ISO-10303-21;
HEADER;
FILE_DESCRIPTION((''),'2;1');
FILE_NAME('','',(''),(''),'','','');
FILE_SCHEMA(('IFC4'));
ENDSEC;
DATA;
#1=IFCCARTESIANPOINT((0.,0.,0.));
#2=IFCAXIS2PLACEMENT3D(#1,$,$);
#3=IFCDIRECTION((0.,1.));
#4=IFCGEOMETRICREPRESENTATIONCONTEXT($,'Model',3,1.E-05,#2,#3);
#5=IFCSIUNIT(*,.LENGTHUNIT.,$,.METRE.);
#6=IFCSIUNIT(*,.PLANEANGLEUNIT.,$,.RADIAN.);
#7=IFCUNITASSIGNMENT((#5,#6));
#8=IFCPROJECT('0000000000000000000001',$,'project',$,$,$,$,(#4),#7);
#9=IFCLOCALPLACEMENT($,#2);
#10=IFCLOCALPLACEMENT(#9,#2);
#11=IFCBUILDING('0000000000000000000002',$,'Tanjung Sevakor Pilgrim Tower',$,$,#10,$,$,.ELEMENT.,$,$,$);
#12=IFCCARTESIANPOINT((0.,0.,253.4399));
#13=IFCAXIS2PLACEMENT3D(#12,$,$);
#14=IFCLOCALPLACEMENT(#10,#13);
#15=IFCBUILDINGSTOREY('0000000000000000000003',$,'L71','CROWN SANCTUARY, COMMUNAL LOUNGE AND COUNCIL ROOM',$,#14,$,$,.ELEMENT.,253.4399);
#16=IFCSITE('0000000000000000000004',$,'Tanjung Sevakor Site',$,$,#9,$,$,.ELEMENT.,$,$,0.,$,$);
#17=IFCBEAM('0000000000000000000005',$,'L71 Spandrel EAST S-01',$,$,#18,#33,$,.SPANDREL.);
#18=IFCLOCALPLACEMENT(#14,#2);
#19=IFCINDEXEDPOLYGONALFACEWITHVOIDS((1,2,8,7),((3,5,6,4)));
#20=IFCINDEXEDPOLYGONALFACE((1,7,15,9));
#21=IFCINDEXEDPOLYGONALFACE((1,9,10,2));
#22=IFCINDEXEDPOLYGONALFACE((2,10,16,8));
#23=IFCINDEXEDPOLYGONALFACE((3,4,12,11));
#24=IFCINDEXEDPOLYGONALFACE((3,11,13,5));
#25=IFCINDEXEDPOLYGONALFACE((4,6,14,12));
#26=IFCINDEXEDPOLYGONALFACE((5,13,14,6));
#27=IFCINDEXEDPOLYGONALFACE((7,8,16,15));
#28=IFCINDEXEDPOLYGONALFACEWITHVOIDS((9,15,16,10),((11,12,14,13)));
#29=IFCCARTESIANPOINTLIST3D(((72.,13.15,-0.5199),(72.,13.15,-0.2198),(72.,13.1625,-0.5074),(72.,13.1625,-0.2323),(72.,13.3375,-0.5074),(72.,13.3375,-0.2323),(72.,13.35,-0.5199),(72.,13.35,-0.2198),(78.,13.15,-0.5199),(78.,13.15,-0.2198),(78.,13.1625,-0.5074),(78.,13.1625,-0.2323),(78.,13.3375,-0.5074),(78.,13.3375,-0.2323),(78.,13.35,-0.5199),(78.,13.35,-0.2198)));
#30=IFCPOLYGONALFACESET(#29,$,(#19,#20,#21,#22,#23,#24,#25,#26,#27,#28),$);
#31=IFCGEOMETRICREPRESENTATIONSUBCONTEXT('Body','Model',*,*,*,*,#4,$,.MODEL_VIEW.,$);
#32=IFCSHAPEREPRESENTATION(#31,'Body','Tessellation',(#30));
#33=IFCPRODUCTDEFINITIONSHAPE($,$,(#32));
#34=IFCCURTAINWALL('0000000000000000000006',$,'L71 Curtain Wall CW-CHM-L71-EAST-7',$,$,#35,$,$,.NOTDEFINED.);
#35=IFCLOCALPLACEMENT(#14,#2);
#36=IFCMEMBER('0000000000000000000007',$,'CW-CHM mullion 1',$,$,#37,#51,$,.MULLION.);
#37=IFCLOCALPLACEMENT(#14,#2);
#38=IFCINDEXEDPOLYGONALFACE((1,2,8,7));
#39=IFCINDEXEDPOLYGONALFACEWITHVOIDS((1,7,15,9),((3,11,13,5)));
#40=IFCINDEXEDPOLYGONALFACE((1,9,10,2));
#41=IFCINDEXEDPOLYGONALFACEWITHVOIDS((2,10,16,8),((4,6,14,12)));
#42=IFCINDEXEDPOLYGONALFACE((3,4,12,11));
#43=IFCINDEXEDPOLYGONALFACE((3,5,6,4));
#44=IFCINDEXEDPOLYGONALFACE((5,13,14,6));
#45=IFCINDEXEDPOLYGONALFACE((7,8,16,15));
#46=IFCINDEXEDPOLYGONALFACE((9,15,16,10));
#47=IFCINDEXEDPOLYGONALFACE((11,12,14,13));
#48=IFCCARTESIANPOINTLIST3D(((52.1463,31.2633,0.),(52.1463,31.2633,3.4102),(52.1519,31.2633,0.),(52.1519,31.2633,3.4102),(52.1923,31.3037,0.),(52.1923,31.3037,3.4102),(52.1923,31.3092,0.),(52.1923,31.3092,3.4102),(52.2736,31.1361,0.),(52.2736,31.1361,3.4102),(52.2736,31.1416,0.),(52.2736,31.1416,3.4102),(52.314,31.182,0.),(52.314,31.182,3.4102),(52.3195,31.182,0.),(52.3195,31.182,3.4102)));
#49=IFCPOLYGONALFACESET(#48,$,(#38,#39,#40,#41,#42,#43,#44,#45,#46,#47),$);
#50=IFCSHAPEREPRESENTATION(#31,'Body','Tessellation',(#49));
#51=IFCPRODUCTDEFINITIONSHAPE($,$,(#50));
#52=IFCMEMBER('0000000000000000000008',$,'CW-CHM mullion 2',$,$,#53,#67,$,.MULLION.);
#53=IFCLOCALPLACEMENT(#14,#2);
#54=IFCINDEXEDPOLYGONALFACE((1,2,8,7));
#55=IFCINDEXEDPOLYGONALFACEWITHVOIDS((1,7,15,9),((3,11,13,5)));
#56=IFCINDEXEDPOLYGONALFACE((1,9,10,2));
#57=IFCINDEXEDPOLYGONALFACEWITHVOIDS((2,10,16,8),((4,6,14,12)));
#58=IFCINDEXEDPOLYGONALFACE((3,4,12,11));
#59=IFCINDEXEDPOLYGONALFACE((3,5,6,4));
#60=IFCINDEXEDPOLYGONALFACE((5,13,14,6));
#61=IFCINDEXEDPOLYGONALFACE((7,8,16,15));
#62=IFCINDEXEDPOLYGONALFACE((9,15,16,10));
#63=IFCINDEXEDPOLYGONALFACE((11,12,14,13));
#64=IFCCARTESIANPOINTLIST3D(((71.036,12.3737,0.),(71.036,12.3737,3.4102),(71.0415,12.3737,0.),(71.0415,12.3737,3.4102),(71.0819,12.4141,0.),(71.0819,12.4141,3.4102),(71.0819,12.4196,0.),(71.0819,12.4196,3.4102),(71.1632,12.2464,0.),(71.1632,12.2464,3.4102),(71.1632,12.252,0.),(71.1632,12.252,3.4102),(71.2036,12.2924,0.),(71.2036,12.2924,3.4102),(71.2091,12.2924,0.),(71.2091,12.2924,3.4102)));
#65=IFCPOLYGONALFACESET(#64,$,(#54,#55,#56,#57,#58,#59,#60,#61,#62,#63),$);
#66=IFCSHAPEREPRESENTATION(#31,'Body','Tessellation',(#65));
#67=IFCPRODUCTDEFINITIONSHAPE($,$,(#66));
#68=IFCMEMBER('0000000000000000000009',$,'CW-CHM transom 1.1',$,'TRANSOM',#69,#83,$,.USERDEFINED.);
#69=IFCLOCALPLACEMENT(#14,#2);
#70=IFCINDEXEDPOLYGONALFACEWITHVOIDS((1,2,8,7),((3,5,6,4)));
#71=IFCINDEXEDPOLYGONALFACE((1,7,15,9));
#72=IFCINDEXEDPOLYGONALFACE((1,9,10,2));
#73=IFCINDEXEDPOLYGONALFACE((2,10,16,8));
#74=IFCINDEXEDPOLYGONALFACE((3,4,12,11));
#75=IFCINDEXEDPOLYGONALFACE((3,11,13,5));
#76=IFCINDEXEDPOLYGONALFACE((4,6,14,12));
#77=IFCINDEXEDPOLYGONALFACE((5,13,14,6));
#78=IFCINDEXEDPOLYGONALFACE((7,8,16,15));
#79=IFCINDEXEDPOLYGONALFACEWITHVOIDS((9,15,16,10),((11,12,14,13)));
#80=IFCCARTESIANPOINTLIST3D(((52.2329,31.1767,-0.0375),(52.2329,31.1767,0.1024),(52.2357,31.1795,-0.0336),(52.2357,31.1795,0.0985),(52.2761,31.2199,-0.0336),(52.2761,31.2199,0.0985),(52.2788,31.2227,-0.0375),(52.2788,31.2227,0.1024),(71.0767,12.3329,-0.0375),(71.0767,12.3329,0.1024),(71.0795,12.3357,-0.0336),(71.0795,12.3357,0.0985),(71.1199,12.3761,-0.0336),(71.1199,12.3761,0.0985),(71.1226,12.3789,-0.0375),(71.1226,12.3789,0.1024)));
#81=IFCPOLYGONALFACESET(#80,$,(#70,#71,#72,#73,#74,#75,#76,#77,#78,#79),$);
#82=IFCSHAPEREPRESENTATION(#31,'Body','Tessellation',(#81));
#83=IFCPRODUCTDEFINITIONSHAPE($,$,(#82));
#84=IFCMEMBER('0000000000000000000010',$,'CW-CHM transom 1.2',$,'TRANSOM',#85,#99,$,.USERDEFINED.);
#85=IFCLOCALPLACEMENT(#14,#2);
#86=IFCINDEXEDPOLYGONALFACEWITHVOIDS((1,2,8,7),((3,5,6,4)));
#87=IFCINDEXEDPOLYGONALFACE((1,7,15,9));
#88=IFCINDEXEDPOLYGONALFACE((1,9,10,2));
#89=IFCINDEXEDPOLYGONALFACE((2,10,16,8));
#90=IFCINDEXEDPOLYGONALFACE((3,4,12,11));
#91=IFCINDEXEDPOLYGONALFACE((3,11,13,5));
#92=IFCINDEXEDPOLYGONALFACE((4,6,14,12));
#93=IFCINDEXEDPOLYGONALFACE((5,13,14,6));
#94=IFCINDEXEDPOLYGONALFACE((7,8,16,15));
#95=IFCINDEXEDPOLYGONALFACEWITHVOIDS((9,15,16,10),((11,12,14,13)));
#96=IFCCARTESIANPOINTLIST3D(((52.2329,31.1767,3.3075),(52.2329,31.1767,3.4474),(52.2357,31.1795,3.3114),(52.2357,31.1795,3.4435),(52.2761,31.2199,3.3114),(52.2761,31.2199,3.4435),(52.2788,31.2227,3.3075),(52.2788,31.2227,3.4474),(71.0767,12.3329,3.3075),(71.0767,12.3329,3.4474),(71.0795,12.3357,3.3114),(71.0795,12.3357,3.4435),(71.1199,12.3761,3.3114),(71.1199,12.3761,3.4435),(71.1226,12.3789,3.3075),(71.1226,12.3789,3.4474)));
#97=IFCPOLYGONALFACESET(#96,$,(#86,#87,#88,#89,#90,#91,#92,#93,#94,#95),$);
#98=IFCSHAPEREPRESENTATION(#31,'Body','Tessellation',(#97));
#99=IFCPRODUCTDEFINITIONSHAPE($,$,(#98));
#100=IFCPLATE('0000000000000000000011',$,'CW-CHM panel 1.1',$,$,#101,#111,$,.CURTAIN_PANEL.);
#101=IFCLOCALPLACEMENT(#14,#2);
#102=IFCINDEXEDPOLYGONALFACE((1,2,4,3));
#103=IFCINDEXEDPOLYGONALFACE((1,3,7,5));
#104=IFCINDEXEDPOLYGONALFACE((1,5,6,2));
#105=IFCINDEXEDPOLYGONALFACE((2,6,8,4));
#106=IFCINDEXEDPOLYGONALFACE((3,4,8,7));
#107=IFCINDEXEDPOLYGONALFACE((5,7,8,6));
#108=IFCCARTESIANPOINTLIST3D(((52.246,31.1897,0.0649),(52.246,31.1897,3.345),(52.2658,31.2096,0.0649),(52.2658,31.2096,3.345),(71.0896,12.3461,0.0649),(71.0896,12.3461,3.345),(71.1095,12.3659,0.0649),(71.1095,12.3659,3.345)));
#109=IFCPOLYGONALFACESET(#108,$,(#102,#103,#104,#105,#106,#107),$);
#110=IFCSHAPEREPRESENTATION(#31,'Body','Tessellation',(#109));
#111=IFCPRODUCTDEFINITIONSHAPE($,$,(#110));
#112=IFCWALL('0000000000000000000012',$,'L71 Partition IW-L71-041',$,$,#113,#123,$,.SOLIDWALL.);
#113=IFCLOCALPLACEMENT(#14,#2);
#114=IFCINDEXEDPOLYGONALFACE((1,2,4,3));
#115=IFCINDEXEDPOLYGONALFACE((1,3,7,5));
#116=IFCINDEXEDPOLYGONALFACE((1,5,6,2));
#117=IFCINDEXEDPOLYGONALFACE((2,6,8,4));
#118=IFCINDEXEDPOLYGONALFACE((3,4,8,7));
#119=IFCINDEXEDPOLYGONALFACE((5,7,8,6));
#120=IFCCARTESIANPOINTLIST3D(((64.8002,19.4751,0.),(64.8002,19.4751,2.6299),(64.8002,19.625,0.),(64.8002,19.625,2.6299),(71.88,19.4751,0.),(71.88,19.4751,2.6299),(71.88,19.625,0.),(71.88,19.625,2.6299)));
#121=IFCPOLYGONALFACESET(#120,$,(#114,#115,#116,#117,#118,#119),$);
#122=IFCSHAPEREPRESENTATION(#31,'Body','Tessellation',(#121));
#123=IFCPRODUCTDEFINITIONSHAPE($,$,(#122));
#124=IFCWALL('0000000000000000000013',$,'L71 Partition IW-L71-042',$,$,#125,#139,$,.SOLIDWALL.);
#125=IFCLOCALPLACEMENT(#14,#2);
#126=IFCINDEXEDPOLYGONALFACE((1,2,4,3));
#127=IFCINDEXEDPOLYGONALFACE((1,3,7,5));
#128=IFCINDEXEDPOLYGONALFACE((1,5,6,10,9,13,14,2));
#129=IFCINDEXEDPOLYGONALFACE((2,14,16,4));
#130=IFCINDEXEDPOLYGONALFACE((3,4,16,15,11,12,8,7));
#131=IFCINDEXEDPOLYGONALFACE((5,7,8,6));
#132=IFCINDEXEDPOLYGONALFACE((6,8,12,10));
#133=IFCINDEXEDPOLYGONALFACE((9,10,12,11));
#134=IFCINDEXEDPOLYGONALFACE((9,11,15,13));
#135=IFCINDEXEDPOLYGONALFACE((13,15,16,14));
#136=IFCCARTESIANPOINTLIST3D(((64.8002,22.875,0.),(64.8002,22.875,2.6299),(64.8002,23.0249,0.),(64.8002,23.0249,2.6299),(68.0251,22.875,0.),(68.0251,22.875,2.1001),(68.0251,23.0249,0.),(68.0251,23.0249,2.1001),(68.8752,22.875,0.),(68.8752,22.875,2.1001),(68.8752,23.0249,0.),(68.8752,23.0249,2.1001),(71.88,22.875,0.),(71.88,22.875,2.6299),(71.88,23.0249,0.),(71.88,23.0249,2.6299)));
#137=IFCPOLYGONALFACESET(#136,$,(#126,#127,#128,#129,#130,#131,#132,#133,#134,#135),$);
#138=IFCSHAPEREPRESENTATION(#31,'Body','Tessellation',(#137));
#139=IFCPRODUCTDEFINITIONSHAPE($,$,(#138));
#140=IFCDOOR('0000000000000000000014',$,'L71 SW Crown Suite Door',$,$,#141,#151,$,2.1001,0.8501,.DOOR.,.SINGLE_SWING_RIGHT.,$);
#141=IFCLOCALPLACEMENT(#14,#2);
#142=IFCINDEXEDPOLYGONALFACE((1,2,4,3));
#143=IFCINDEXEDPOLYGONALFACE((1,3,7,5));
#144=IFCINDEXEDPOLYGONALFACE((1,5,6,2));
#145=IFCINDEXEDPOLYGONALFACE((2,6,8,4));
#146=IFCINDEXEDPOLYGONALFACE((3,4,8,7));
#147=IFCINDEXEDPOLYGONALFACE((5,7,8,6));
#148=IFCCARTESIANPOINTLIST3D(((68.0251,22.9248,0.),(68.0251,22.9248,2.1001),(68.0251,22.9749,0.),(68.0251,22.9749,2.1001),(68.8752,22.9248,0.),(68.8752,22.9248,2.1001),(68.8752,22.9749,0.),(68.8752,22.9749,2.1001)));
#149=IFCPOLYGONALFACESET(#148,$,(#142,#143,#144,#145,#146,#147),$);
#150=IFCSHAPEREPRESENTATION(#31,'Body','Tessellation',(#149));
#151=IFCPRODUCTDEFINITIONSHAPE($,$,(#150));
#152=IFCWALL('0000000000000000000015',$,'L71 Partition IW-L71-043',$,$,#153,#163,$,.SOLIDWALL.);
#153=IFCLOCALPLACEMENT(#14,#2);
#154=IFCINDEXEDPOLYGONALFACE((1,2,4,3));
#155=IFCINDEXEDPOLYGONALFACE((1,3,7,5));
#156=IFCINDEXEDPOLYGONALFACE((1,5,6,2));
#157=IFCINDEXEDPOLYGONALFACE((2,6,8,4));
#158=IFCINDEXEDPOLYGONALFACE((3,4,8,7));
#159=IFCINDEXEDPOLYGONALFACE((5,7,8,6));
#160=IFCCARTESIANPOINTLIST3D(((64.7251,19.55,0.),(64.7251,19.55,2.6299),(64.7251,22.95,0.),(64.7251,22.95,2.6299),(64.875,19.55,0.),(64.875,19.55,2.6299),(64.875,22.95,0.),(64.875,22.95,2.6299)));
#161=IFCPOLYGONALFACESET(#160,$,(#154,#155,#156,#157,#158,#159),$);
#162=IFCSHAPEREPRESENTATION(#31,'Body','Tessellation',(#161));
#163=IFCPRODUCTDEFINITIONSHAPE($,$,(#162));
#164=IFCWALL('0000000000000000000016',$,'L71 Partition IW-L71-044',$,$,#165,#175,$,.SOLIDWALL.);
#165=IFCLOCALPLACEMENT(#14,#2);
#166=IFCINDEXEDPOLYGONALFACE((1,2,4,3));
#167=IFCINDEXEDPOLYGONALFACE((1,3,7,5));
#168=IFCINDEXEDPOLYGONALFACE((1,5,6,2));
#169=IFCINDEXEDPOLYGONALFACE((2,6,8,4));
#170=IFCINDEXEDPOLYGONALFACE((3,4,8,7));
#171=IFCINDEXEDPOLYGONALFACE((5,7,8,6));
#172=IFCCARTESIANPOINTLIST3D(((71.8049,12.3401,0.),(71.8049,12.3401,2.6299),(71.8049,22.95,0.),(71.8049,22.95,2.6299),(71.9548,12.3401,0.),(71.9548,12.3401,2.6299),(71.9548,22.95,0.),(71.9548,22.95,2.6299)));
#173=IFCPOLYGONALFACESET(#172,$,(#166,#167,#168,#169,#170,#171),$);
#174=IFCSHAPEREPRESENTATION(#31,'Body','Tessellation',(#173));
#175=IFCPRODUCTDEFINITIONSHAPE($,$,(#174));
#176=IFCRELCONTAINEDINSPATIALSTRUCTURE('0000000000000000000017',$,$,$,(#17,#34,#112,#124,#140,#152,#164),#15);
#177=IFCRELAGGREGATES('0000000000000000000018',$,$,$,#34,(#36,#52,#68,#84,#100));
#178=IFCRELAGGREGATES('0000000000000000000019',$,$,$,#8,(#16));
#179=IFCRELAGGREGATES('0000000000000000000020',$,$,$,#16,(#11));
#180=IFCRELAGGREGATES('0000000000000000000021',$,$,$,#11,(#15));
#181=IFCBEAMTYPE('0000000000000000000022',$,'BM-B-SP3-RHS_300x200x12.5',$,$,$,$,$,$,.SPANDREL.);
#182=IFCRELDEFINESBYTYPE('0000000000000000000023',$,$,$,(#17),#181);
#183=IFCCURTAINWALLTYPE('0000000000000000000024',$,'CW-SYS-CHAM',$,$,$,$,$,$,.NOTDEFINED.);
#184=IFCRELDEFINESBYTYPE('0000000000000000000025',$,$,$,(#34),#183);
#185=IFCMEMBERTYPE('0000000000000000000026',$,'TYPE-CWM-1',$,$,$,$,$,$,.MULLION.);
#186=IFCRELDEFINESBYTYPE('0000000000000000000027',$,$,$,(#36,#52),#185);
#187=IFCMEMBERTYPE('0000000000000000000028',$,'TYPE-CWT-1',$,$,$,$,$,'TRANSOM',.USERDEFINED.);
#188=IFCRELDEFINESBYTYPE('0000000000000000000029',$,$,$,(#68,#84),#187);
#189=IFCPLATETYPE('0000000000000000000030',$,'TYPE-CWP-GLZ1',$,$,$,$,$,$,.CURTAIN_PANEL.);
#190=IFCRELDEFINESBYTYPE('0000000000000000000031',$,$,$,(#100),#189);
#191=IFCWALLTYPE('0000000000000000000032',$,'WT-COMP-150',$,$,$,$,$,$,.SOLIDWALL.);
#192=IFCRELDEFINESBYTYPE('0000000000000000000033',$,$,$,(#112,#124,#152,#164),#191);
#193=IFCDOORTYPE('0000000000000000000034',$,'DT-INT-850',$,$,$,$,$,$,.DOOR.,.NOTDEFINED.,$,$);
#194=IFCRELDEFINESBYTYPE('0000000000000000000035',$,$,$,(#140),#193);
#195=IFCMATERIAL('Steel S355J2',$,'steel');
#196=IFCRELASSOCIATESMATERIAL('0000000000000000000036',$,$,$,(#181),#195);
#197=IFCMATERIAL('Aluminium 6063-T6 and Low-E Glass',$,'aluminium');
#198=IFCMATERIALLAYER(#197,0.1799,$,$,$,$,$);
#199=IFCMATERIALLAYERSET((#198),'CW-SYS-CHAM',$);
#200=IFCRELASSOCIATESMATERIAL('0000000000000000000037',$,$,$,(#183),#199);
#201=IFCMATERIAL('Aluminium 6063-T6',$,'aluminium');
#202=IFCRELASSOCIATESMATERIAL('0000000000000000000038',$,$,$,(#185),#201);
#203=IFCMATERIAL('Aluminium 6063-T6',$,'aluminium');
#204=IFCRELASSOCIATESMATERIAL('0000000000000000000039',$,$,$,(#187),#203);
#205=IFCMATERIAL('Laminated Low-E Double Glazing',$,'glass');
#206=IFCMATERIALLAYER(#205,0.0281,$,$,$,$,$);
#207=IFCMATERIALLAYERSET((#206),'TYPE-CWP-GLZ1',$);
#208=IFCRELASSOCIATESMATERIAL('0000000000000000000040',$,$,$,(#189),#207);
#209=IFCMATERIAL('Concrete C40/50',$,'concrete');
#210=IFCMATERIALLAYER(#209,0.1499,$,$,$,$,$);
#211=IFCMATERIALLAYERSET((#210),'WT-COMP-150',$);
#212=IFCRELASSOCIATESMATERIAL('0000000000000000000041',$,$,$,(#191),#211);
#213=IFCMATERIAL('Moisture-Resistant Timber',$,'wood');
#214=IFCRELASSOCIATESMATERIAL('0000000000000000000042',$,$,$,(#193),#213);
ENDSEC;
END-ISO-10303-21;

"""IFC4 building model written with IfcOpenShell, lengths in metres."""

from ifc_helpers import new_model, si_unit, direction, frame, frame_2d, origin, origin_2d, place, context, subcontext, project, spatial, rectangle, hollow_rectangle, extrude, material, layer, layer_set, material_profile, profile_set, type_object, element, fill, aggregate, save


model = new_model("IFC4")

# Units and contexts
model_context = context("Model", 3, precision=1e-05, world=origin(), true_north=direction((0.0, 1.0)))
body_context = subcontext(model_context, "Body", "Model", "MODEL_VIEW")
ifc_project = project(units=[si_unit("LENGTHUNIT", "METRE"), si_unit("PLANEANGLEUNIT", "RADIAN")], contexts=[model_context])

# Site, building, storey
site_placement = place(None, origin())
site = spatial("IfcSite", under=ifc_project, at=site_placement, Name="Tanjung Sevakor Site", CompositionType="ELEMENT", RefElevation=0.0)
building_placement = place(site_placement, origin())
building = spatial("IfcBuilding", under=site, at=building_placement, Name="Tanjung Sevakor Pilgrim Tower", CompositionType="ELEMENT")
storey_placement = place(building_placement, frame((0.0, 0.0, 253.4399)))
storey = spatial("IfcBuildingStorey", under=building, at=storey_placement, Name="L71", Description="CROWN SANCTUARY, COMMUNAL LOUNGE AND COUNCIL ROOM", CompositionType="ELEMENT", Elevation=253.4399)

# Beam
ifc_material_1 = material(Name="Steel S355J2", Category="steel")
ifc_material_profile_1 = material_profile(ifc_material_1, hollow_rectangle(XDim=0.2, YDim=0.3, WallThickness=0.0125, at=origin_2d()))
ifc_profile_set_1 = profile_set([ifc_material_profile_1], Name="Steel S355J2")
beam_type_1 = type_object("IfcBeamType", Name="BM-B-SP3-RHS_300x200x12.5", PredefinedType="SPANDREL", material=ifc_profile_set_1)
beam_1_placement = place(storey_placement, frame((72.0, 13.25, -0.3699), z_axis=(1.0, 0.0, 0.0), x_axis=(0.0, 1.0, 0.0)))
element("IfcBeam", 1, at=beam_1_placement, inside=storey, type_object=beam_type_1, Name="L71 Spandrel EAST S-01", PredefinedType="SPANDREL", context=body_context, shape_type="SweptSolid", body=[
    extrude(hollow_rectangle(XDim=0.2, YDim=0.3, WallThickness=0.0125, at=origin_2d()), origin(), (0.0, 0.0, 1.0), 6.0),
])

# Curtain wall, members, plate
ifc_material_2 = material(Name="Aluminium 6063-T6 and Low-E Glass", Category="aluminium")
ifc_layer_1 = layer(ifc_material_2, 0.1799)
ifc_layer_set_1 = layer_set([ifc_layer_1], Name="CW-SYS-CHAM")
curtain_wall_type = type_object("IfcCurtainWallType", Name="CW-SYS-CHAM", PredefinedType="NOTDEFINED", material=ifc_layer_set_1)
curtain_wall_placement = place(storey_placement, origin())
curtain_wall = element("IfcCurtainWall", 2, at=curtain_wall_placement, inside=storey, type_object=curtain_wall_type, Name="L71 Curtain Wall CW-CHM-L71-EAST-7", PredefinedType="NOTDEFINED")
ifc_material_3 = material(Name="Aluminium 6063-T6", Category="aluminium")
ifc_material_profile_2 = material_profile(ifc_material_3, hollow_rectangle(XDim=0.0649, YDim=0.1799, WallThickness=0.0039, at=origin_2d()))
ifc_profile_set_2 = profile_set([ifc_material_profile_2], Name="Aluminium 6063-T6")
member_type_1 = type_object("IfcMemberType", Name="TYPE-CWM-1", PredefinedType="MULLION", material=ifc_profile_set_2)
member_1_placement = place(storey_placement, frame((52.2329, 31.2227, 0.0), z_axis=(0.0, 0.0, 1.0), x_axis=(0.707107, 0.707107, 0.0)))
member_1 = element("IfcMember", 3, at=member_1_placement, type_object=member_type_1, Name="CW-CHM mullion 1", PredefinedType="MULLION", context=body_context, shape_type="SweptSolid", body=[
    extrude(hollow_rectangle(XDim=0.0649, YDim=0.1799, WallThickness=0.0039, at=origin_2d()), origin(), (0.0, 0.0, 1.0), 3.4102),
])
member_2_placement = place(storey_placement, frame((71.1226, 12.333, 0.0), z_axis=(0.0, 0.0, 1.0), x_axis=(0.707107, 0.707107, 0.0)))
member_2 = element("IfcMember", 4, at=member_2_placement, type_object=member_type_1, Name="CW-CHM mullion 2", PredefinedType="MULLION", context=body_context, shape_type="SweptSolid", body=[
    extrude(hollow_rectangle(XDim=0.0649, YDim=0.1799, WallThickness=0.0039, at=origin_2d()), origin(), (0.0, 0.0, 1.0), 3.4102),
])
ifc_material_4 = material(Name="Aluminium 6063-T6", Category="aluminium")
ifc_material_profile_3 = material_profile(ifc_material_4, hollow_rectangle(XDim=0.0649, YDim=0.1399, WallThickness=0.0039, at=origin_2d()))
ifc_profile_set_3 = profile_set([ifc_material_profile_3], Name="Aluminium 6063-T6")
member_type_2 = type_object("IfcMemberType", Name="TYPE-CWT-1", ElementType="TRANSOM", PredefinedType="USERDEFINED", material=ifc_profile_set_3)
member_3_placement = place(storey_placement, frame((52.2559, 31.1997, 0.0325), z_axis=(0.707107, -0.707107, 0.0), x_axis=(0.707107, 0.707107, 0.0)))
member_3 = element("IfcMember", 5, at=member_3_placement, type_object=member_type_2, Name="CW-CHM transom 1.1", ObjectType="TRANSOM", PredefinedType="USERDEFINED", context=body_context, shape_type="SweptSolid", body=[
    extrude(hollow_rectangle(XDim=0.0649, YDim=0.1399, WallThickness=0.0039, at=origin_2d()), origin(), (0.0, 0.0, 1.0), 26.6492),
])
member_4_placement = place(storey_placement, frame((52.2559, 31.1997, 3.3774), z_axis=(0.707107, -0.707107, 0.0), x_axis=(0.707107, 0.707107, 0.0)))
member_4 = element("IfcMember", 6, at=member_4_placement, type_object=member_type_2, Name="CW-CHM transom 1.2", ObjectType="TRANSOM", PredefinedType="USERDEFINED", context=body_context, shape_type="SweptSolid", body=[
    extrude(hollow_rectangle(XDim=0.0649, YDim=0.1399, WallThickness=0.0039, at=origin_2d()), origin(), (0.0, 0.0, 1.0), 26.6492),
])
ifc_material_5 = material(Name="Laminated Low-E Double Glazing", Category="glass")
ifc_layer_2 = layer(ifc_material_5, 0.0281)
ifc_layer_set_2 = layer_set([ifc_layer_2], Name="TYPE-CWP-GLZ1")
plate_type = type_object("IfcPlateType", Name="TYPE-CWP-GLZ1", PredefinedType="CURTAIN_PANEL", material=ifc_layer_set_2)
plate_placement = place(storey_placement, frame((61.6777, 21.7778, 0.0649), z_axis=(0.0, 0.0, 1.0), x_axis=(0.707107, -0.707107, 0.0)))
plate = element("IfcPlate", 7, at=plate_placement, type_object=plate_type, Name="CW-CHM panel 1.1", PredefinedType="CURTAIN_PANEL", context=body_context, shape_type="SweptSolid", body=[
    extrude(rectangle(XDim=26.6489, YDim=0.0281, at=origin_2d()), origin(), (0.0, 0.0, 1.0), 3.28),
])
aggregate(curtain_wall, [member_1, member_2, member_3, member_4, plate])

# Wall
ifc_material_6 = material(Name="Concrete C40/50", Category="concrete")
ifc_layer_3 = layer(ifc_material_6, 0.1499)
ifc_layer_set_3 = layer_set([ifc_layer_3], Name="WT-COMP-150")
wall_type_1 = type_object("IfcWallType", Name="WT-COMP-150", PredefinedType="SOLIDWALL", material=ifc_layer_set_3)
wall_1_placement = place(storey_placement, frame((64.8, 19.55, 0.0), z_axis=(0.0, 0.0, 1.0), x_axis=(1.0, 0.0, 0.0)))
element("IfcWall", 8, at=wall_1_placement, inside=storey, type_object=wall_type_1, Name="L71 Partition IW-L71-041", PredefinedType="SOLIDWALL", context=body_context, shape_type="SweptSolid", body=[
    extrude(rectangle(XDim=7.0798, YDim=0.1499, at=frame_2d((3.54, 0.0))), origin(), (0.0, 0.0, 1.0), 2.6299),
])

# Wall, opening, door
wall_2_placement = place(storey_placement, frame((64.8, 22.95, 0.0), z_axis=(0.0, 0.0, 1.0), x_axis=(1.0, 0.0, 0.0)))
wall_2 = element("IfcWall", 9, at=wall_2_placement, inside=storey, type_object=wall_type_1, Name="L71 Partition IW-L71-042", PredefinedType="SOLIDWALL", context=body_context, shape_type="SweptSolid", body=[
    extrude(rectangle(XDim=7.0798, YDim=0.1499, at=frame_2d((3.54, 0.0))), origin(), (0.0, 0.0, 1.0), 2.6299),
])
opening_placement = place(wall_2_placement, frame((3.2251, 0.0, 0.0)))
opening = element("IfcOpeningElement", 10, at=opening_placement, cuts=wall_2, PredefinedType="OPENING", context=body_context, shape_type="SweptSolid", body=[
    extrude(rectangle(XDim=0.8501, YDim=2.1001, at=frame_2d((0.425, 1.05))), frame((0.0, 0.085, 0.0), z_axis=(0.0, -1.0, 0.0), x_axis=(1.0, 0.0, 0.0)), (0.0, 0.0, 1.0), 0.1699),
])
ifc_material_7 = material(Name="Moisture-Resistant Timber", Category="wood")
door_type = type_object("IfcDoorType", Name="DT-INT-850", OperationType="NOTDEFINED", PredefinedType="DOOR", material=ifc_material_7)
door_placement = place(opening_placement, origin())
door = element("IfcDoor", 11, at=door_placement, inside=storey, type_object=door_type, Name="L71 SW Crown Suite Door", OperationType="SINGLE_SWING_RIGHT", OverallHeight=2.1001, OverallWidth=0.8501, PredefinedType="DOOR", context=body_context, shape_type="SweptSolid", body=[
    extrude(rectangle(XDim=0.8501, YDim=2.1001, at=frame_2d((0.425, 1.05))), frame((0.0, 0.0249, 0.0), z_axis=(0.0, -1.0, 0.0), x_axis=(1.0, 0.0, 0.0)), (0.0, 0.0, 1.0), 0.05),
])
fill(opening, door)

# Walls
wall_3_placement = place(storey_placement, frame((64.8, 19.55, 0.0), z_axis=(0.0, 0.0, 1.0), x_axis=(0.0, 1.0, 0.0)))
element("IfcWall", 12, at=wall_3_placement, inside=storey, type_object=wall_type_1, Name="L71 Partition IW-L71-043", PredefinedType="SOLIDWALL", context=body_context, shape_type="SweptSolid", body=[
    extrude(rectangle(XDim=3.3999, YDim=0.1499, at=frame_2d((1.7, 0.0))), origin(), (0.0, 0.0, 1.0), 2.6299),
])
wall_4_placement = place(storey_placement, frame((71.8799, 12.3401, 0.0), z_axis=(0.0, 0.0, 1.0), x_axis=(0.0, 1.0, 0.0)))
element("IfcWall", 13, at=wall_4_placement, inside=storey, type_object=wall_type_1, Name="L71 Partition IW-L71-044", PredefinedType="SOLIDWALL", context=body_context, shape_type="SweptSolid", body=[
    extrude(rectangle(XDim=10.6099, YDim=0.1499, at=frame_2d((5.3049, 0.0))), origin(), (0.0, 0.0, 1.0), 2.6299),
])

save(model, "model.ifc")
